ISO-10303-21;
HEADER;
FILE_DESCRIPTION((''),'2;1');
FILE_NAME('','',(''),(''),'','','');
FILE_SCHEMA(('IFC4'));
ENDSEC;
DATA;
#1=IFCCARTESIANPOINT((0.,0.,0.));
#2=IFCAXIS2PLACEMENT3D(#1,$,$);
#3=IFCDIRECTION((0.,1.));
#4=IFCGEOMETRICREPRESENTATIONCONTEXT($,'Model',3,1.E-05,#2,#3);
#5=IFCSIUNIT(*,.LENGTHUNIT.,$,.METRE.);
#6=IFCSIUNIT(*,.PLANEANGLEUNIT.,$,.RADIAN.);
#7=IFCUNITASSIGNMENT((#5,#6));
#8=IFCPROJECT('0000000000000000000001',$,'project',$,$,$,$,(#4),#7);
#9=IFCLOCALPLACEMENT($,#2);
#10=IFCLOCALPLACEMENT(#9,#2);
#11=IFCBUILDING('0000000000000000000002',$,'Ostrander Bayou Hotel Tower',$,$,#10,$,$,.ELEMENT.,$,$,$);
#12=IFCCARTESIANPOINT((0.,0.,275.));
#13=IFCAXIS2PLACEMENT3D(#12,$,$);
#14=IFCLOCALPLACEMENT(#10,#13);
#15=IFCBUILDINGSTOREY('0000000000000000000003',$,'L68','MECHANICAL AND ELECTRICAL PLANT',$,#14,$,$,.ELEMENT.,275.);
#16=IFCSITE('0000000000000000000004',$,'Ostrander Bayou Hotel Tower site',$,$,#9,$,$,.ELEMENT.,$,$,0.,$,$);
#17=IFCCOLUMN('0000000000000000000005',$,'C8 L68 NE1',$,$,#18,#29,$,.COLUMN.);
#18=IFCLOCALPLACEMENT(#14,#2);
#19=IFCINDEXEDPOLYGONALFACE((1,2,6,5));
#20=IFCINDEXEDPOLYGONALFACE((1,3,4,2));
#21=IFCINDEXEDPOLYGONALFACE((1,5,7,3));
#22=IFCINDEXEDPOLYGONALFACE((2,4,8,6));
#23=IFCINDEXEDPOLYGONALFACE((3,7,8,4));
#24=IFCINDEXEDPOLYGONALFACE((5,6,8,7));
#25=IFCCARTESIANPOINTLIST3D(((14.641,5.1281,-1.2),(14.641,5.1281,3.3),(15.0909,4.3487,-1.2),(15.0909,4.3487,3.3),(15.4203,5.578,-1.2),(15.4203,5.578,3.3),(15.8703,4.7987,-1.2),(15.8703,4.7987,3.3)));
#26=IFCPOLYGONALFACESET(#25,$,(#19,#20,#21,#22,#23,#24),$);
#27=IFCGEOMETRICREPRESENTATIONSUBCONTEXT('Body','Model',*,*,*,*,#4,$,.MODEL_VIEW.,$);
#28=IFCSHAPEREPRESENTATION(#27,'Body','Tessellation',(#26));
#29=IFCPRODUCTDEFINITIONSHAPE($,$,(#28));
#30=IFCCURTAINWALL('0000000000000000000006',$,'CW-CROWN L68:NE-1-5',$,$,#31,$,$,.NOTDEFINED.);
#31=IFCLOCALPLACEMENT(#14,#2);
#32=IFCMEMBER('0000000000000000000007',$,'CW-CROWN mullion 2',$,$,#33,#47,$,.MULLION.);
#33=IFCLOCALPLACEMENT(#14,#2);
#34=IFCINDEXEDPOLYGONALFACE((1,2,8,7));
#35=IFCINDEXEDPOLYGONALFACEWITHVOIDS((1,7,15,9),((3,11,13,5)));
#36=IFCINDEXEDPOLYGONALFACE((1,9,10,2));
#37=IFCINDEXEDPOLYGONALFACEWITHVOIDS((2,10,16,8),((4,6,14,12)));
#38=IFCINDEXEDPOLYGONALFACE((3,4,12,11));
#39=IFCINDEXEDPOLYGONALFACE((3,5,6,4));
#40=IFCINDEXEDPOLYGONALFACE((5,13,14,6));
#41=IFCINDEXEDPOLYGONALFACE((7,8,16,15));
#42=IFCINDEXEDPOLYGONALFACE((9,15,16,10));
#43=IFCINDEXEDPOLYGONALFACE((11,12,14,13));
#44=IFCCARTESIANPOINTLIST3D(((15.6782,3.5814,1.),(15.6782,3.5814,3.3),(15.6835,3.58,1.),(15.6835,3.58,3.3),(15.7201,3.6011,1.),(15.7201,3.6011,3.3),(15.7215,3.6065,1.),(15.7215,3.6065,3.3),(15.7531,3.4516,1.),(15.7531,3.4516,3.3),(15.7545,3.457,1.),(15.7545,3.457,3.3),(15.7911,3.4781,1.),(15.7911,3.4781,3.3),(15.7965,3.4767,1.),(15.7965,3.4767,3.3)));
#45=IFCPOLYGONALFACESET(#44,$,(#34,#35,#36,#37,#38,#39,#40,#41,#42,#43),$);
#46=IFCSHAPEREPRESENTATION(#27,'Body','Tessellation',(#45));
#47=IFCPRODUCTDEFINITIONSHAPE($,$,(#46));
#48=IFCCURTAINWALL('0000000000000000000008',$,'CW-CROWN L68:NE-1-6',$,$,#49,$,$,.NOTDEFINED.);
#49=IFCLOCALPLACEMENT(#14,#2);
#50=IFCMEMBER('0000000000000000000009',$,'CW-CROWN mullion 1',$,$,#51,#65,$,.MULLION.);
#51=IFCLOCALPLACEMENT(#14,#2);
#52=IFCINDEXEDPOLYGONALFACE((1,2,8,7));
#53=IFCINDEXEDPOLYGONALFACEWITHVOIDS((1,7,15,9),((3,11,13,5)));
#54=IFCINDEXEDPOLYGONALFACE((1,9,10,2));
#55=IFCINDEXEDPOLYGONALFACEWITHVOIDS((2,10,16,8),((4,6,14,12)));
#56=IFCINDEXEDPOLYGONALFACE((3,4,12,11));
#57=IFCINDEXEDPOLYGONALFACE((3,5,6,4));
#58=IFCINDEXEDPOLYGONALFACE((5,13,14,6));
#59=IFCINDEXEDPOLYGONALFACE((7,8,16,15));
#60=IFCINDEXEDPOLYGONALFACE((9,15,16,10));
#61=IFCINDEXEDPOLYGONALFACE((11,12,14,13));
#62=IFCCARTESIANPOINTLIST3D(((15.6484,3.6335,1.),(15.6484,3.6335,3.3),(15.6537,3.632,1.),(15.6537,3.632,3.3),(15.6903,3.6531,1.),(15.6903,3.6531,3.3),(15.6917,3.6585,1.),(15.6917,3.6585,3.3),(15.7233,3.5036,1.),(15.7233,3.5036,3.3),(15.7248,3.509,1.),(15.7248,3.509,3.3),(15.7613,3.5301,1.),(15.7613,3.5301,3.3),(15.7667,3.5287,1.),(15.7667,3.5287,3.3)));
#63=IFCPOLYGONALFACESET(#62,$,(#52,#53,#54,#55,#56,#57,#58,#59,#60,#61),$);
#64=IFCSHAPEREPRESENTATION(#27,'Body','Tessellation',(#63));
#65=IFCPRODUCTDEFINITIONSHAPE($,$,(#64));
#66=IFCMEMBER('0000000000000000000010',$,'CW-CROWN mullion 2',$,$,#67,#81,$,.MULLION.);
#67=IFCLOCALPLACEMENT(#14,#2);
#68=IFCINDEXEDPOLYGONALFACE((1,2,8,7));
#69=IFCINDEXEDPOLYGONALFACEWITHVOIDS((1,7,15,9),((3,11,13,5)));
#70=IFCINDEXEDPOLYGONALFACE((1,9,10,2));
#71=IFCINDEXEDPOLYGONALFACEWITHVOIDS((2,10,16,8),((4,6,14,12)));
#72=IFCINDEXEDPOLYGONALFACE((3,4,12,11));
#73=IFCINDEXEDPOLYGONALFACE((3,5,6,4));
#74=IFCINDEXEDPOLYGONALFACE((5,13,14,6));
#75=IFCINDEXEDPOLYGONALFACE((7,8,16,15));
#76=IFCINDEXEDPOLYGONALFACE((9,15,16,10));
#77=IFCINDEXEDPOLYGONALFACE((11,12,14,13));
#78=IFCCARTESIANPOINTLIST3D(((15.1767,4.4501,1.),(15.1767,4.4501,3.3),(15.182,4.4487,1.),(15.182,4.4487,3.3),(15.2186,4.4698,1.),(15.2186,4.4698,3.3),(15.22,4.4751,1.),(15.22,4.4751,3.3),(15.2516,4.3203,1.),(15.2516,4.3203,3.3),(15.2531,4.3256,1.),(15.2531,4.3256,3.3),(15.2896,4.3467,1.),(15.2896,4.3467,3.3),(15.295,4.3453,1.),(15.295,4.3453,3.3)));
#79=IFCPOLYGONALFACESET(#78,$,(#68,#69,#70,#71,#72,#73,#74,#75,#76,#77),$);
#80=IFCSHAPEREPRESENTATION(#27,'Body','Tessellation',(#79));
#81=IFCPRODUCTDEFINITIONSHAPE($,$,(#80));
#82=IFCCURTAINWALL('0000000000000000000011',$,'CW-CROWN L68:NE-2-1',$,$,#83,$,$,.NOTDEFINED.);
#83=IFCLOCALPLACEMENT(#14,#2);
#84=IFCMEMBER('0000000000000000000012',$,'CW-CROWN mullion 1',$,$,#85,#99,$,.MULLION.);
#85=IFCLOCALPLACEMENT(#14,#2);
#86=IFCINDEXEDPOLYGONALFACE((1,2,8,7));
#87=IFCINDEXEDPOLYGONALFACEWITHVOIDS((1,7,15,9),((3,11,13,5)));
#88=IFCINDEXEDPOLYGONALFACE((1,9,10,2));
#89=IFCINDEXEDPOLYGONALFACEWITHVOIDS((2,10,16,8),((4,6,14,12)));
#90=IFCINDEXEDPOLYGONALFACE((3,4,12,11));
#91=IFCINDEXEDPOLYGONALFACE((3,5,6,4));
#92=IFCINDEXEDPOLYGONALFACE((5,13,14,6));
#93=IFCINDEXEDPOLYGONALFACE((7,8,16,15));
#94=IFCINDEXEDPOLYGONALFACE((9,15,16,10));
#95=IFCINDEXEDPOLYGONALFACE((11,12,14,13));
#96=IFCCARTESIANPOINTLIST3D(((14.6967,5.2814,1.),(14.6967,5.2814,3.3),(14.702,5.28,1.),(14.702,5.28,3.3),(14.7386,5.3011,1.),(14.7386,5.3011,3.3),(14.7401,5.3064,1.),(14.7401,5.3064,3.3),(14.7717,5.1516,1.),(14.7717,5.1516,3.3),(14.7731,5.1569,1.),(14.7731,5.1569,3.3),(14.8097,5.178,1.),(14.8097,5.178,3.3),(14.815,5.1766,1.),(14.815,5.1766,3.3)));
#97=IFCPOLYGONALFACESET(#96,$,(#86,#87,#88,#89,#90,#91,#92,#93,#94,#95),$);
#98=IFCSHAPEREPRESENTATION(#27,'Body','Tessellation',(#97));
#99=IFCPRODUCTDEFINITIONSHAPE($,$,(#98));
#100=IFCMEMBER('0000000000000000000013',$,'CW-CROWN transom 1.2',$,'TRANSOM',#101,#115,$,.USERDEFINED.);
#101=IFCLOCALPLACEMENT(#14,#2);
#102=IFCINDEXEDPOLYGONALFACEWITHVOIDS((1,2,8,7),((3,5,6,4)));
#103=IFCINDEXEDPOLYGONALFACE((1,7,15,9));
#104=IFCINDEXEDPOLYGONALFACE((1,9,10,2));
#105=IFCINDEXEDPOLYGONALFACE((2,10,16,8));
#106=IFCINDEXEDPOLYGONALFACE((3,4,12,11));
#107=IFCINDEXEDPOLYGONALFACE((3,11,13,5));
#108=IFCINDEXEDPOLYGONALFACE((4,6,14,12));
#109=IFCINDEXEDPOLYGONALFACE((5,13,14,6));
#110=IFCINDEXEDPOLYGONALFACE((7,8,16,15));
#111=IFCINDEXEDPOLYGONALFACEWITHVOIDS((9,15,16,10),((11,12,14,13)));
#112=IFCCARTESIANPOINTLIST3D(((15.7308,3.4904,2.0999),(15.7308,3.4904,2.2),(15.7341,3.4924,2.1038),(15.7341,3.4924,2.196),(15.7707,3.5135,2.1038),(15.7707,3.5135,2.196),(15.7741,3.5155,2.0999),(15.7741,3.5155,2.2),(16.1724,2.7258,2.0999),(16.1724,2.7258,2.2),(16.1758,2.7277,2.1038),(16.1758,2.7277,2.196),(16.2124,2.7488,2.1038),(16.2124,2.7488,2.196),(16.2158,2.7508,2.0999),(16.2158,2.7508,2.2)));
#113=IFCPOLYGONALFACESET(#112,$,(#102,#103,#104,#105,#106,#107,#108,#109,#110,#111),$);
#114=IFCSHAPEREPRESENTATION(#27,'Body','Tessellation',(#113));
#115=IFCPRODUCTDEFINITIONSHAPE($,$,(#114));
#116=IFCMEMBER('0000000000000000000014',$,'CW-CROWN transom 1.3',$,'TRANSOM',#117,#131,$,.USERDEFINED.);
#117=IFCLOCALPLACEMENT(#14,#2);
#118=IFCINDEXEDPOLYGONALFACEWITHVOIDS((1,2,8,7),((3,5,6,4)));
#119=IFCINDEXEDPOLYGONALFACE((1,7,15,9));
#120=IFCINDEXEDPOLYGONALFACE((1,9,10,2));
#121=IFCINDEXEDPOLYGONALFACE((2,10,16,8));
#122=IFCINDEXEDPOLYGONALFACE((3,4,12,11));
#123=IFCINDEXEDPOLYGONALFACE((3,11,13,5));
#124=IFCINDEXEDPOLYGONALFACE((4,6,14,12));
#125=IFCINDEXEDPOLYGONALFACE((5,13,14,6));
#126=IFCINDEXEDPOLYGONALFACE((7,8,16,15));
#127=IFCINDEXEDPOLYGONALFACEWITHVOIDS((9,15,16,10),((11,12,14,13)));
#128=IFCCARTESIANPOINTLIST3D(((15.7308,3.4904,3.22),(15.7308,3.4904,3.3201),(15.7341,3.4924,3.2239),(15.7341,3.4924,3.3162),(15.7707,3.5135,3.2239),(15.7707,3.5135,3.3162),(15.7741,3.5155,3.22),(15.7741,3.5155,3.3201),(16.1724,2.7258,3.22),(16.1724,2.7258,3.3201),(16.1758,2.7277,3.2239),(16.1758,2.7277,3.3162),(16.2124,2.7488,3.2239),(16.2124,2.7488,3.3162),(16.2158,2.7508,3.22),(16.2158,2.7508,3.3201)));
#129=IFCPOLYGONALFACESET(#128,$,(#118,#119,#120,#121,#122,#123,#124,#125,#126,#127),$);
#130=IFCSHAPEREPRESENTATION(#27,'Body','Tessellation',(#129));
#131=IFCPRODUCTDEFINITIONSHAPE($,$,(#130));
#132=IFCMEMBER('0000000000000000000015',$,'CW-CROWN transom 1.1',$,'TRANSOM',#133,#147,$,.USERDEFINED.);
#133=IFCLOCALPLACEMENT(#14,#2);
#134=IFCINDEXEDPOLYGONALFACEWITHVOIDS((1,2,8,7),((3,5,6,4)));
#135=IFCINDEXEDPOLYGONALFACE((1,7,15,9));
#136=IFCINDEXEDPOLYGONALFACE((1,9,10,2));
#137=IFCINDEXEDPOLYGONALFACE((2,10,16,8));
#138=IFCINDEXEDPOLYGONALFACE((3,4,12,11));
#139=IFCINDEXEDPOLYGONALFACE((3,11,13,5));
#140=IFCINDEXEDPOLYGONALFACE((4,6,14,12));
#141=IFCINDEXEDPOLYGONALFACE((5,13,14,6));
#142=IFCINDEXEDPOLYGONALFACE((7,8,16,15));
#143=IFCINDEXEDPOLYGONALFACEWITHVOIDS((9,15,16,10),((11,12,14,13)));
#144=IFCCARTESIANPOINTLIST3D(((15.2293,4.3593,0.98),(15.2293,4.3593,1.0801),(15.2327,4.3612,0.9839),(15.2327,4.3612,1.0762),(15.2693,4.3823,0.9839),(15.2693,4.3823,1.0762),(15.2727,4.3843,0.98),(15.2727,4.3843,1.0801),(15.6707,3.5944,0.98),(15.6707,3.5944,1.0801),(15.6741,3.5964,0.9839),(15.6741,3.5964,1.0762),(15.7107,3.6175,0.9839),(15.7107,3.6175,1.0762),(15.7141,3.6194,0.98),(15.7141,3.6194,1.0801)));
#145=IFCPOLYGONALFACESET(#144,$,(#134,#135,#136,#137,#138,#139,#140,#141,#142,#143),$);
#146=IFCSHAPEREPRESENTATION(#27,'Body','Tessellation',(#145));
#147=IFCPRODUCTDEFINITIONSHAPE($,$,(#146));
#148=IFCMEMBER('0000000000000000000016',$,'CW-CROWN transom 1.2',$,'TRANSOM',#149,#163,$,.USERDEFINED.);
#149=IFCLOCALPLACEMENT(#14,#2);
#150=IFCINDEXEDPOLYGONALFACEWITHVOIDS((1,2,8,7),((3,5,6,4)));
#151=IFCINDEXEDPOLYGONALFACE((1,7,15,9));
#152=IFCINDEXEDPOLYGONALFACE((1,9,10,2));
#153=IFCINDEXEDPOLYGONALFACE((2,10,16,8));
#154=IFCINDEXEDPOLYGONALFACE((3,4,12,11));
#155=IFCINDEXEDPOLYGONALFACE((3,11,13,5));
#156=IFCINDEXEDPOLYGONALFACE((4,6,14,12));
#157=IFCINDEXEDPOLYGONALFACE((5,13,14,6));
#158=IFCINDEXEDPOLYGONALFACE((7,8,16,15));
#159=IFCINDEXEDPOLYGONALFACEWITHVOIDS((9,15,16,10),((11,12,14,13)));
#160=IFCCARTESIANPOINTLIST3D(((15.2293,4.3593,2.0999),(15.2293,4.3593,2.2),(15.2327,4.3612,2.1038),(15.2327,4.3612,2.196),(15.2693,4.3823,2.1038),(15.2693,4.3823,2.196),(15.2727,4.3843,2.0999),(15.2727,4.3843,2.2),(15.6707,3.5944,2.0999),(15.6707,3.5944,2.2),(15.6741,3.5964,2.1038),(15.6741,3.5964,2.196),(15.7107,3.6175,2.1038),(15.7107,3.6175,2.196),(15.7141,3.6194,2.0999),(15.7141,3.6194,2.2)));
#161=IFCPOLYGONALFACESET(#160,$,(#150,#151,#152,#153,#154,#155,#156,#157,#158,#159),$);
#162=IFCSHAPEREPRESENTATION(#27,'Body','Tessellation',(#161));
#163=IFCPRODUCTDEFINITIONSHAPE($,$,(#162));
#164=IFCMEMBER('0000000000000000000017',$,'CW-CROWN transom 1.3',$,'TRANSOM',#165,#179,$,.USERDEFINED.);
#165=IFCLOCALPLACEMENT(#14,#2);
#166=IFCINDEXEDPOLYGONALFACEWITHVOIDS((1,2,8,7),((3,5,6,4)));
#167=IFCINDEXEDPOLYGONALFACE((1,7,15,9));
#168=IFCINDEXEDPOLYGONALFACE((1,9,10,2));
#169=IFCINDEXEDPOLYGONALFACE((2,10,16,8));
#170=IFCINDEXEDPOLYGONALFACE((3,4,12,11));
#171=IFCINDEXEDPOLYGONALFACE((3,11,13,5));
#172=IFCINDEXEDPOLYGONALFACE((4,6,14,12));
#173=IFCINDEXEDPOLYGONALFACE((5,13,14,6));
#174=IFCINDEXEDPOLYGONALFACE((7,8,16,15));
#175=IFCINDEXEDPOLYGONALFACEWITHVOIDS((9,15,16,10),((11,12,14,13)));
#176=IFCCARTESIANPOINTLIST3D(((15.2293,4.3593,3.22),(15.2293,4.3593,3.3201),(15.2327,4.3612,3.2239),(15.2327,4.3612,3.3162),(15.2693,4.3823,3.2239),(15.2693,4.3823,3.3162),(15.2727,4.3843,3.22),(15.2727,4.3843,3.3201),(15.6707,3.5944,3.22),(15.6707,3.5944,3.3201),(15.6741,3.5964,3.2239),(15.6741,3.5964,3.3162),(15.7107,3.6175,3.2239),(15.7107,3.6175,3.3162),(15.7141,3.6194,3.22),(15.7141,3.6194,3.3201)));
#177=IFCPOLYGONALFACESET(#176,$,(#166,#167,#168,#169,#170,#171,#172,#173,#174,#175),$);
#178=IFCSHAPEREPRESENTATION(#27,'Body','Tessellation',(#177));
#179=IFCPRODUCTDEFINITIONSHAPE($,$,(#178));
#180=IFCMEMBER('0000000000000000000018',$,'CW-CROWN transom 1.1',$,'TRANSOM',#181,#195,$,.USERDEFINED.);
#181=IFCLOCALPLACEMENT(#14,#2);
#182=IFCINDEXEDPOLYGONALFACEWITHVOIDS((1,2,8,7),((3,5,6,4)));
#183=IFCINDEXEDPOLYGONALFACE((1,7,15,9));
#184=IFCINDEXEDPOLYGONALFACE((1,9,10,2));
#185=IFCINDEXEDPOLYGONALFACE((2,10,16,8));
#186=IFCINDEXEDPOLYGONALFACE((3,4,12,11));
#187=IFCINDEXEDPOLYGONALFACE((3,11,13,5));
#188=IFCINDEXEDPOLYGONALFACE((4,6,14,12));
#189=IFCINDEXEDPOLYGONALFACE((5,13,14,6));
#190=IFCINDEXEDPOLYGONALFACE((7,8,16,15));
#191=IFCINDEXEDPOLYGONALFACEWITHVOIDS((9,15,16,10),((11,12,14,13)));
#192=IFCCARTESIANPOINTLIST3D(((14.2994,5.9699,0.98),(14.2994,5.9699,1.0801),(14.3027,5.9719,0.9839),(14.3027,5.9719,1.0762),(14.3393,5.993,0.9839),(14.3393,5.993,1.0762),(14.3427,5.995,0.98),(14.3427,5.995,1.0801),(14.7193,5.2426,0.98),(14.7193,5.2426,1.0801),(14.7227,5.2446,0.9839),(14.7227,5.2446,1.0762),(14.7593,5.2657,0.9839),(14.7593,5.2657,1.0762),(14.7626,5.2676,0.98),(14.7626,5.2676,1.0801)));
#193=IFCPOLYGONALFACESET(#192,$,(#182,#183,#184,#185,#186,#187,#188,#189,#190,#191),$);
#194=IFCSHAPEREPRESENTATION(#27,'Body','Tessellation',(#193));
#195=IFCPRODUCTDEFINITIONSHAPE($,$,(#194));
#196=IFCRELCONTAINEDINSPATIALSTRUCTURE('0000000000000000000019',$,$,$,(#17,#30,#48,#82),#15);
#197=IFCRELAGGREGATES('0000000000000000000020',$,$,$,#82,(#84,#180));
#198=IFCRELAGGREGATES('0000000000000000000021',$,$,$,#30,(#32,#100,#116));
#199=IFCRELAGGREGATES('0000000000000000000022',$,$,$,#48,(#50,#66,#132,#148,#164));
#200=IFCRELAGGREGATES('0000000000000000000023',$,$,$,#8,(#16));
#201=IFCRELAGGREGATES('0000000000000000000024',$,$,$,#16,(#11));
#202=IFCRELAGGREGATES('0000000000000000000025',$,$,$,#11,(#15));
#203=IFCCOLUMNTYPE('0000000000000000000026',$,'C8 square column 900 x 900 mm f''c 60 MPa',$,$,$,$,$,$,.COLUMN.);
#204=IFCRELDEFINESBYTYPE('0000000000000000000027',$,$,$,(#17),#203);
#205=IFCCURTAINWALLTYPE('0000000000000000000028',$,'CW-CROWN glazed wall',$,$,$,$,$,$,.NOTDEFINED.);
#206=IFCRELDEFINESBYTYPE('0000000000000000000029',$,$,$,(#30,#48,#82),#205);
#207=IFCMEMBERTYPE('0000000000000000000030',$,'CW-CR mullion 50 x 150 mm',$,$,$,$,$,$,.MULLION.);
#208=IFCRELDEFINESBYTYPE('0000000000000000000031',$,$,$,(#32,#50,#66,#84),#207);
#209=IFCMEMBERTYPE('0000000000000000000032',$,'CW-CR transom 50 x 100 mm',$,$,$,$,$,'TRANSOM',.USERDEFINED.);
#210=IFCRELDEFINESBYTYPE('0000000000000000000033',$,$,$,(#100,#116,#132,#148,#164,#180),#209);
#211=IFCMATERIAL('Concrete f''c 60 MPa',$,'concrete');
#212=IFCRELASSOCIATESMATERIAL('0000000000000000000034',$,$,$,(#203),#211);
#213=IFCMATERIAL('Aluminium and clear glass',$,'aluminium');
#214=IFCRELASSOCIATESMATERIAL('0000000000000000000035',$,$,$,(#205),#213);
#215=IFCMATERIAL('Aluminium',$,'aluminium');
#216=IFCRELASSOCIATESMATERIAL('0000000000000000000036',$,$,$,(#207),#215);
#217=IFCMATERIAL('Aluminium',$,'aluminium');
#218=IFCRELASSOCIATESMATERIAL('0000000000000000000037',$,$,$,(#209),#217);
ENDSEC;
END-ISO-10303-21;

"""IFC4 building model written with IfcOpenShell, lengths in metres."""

from ifc_helpers import new_model, si_unit, direction, frame, origin, origin_2d, place, context, subcontext, project, spatial, rectangle, hollow_rectangle, extrude, material, material_profile, profile_set, type_object, element, aggregate, save


model = new_model("IFC4")

# Units and contexts
model_context = context("Model", 3, precision=1e-05, world=origin(), true_north=direction((0.0, 1.0)))
body_context = subcontext(model_context, "Body", "Model", "MODEL_VIEW")
ifc_project = project(units=[si_unit("LENGTHUNIT", "METRE"), si_unit("PLANEANGLEUNIT", "RADIAN")], contexts=[model_context])

# Site, building, storey
site_placement = place(None, origin())
site = spatial("IfcSite", under=ifc_project, at=site_placement, Name="Ostrander Bayou Hotel Tower site", CompositionType="ELEMENT", RefElevation=0.0)
building_placement = place(site_placement, origin())
building = spatial("IfcBuilding", under=site, at=building_placement, Name="Ostrander Bayou Hotel Tower", CompositionType="ELEMENT")
storey_placement = place(building_placement, frame((0.0, 0.0, 275.0)))
storey = spatial("IfcBuildingStorey", under=building, at=storey_placement, Name="L68", Description="MECHANICAL AND ELECTRICAL PLANT", CompositionType="ELEMENT", Elevation=275.0)

# Column
ifc_material_1 = material(Name="Concrete f'c 60 MPa", Category="concrete")
ifc_material_profile_1 = material_profile(ifc_material_1, rectangle(XDim=0.8999, YDim=0.8999, at=origin_2d()))
ifc_profile_set_1 = profile_set([ifc_material_profile_1], Name="Concrete f'c 60 MPa")
column_type = type_object("IfcColumnType", Name="C8 square column 900 x 900 mm f'c 60 MPa", PredefinedType="COLUMN", material=ifc_profile_set_1)
column_placement = place(storey_placement, frame((15.2556, 4.9634, -1.2), z_axis=(0.0, 0.0, 1.0), x_axis=(0.5, -0.866025, 0.0)))
element("IfcColumn", 1, at=column_placement, inside=storey, type_object=column_type, Name="C8 L68 NE1", PredefinedType="COLUMN", context=body_context, shape_type="SweptSolid", body=[
    extrude(rectangle(XDim=0.8999, YDim=0.8999, at=origin_2d()), origin(), (0.0, 0.0, 1.0), 4.5),
])

# Curtain wall, member
ifc_material_2 = material(Name="Aluminium and clear glass", Category="aluminium")
curtain_wall_type = type_object("IfcCurtainWallType", Name="CW-CROWN glazed wall", PredefinedType="NOTDEFINED", material=ifc_material_2)
curtain_wall_1_placement = place(storey_placement, origin())
curtain_wall_1 = element("IfcCurtainWall", 2, at=curtain_wall_1_placement, inside=storey, type_object=curtain_wall_type, Name="CW-CROWN L68:NE-1-5", PredefinedType="NOTDEFINED")
ifc_material_3 = material(Name="Aluminium", Category="aluminium")
ifc_material_profile_2 = material_profile(ifc_material_3, hollow_rectangle(XDim=0.05, YDim=0.1499, WallThickness=0.0039, at=origin_2d()))
ifc_profile_set_2 = profile_set([ifc_material_profile_2], Name="Aluminium")
member_type_1 = type_object("IfcMemberType", Name="CW-CR mullion 50 x 150 mm", PredefinedType="MULLION", material=ifc_profile_set_2)
member_1_placement = place(storey_placement, frame((15.7373, 3.5291, 1.0), z_axis=(0.0, 0.0, 1.0), x_axis=(-0.866001, -0.500042, 0.0)))
member_1 = element("IfcMember", 3, at=member_1_placement, type_object=member_type_1, Name="CW-CROWN mullion 2", PredefinedType="MULLION", context=body_context, shape_type="SweptSolid", body=[
    extrude(hollow_rectangle(XDim=0.05, YDim=0.1499, WallThickness=0.0039, at=origin_2d()), origin(), (0.0, 0.0, 1.0), 2.3),
])

# Curtain wall, members
curtain_wall_2_placement = place(storey_placement, origin())
curtain_wall_2 = element("IfcCurtainWall", 4, at=curtain_wall_2_placement, inside=storey, type_object=curtain_wall_type, Name="CW-CROWN L68:NE-1-6", PredefinedType="NOTDEFINED")
member_2_placement = place(storey_placement, frame((15.7075, 3.5811, 1.0), z_axis=(0.0, 0.0, 1.0), x_axis=(-0.866044, -0.499967, 0.0)))
member_2 = element("IfcMember", 5, at=member_2_placement, type_object=member_type_1, Name="CW-CROWN mullion 1", PredefinedType="MULLION", context=body_context, shape_type="SweptSolid", body=[
    extrude(hollow_rectangle(XDim=0.05, YDim=0.1499, WallThickness=0.0039, at=origin_2d()), origin(), (0.0, 0.0, 1.0), 2.3),
])
member_3_placement = place(storey_placement, frame((15.2358, 4.3977, 1.0), z_axis=(0.0, 0.0, 1.0), x_axis=(-0.866044, -0.499967, 0.0)))
member_3 = element("IfcMember", 6, at=member_3_placement, type_object=member_type_1, Name="CW-CROWN mullion 2", PredefinedType="MULLION", context=body_context, shape_type="SweptSolid", body=[
    extrude(hollow_rectangle(XDim=0.05, YDim=0.1499, WallThickness=0.0039, at=origin_2d()), origin(), (0.0, 0.0, 1.0), 2.3),
])

# Curtain wall, member
curtain_wall_3_placement = place(storey_placement, origin())
curtain_wall_3 = element("IfcCurtainWall", 7, at=curtain_wall_3_placement, inside=storey, type_object=curtain_wall_type, Name="CW-CROWN L68:NE-2-1", PredefinedType="NOTDEFINED")
member_4_placement = place(storey_placement, frame((14.7559, 5.229, 1.0), z_axis=(0.0, 0.0, 1.0), x_axis=(-0.866022, -0.500005, 0.0)))
member_4 = element("IfcMember", 8, at=member_4_placement, type_object=member_type_1, Name="CW-CROWN mullion 1", PredefinedType="MULLION", context=body_context, shape_type="SweptSolid", body=[
    extrude(hollow_rectangle(XDim=0.05, YDim=0.1499, WallThickness=0.0039, at=origin_2d()), origin(), (0.0, 0.0, 1.0), 2.3),
])

# Members
ifc_material_4 = material(Name="Aluminium", Category="aluminium")
ifc_material_profile_3 = material_profile(ifc_material_4, hollow_rectangle(XDim=0.05, YDim=0.1001, WallThickness=0.0039, at=origin_2d()))
ifc_profile_set_3 = profile_set([ifc_material_profile_3], Name="Aluminium")
member_type_2 = type_object("IfcMemberType", Name="CW-CR transom 50 x 100 mm", ElementType="TRANSOM", PredefinedType="USERDEFINED", material=ifc_profile_set_3)
member_5_placement = place(storey_placement, frame((16.1941, 2.7383, 2.1499), z_axis=(-0.500153, 0.865937, 0.0), x_axis=(-0.865937, -0.500153, 0.0)))
member_5 = element("IfcMember", 9, at=member_5_placement, type_object=member_type_2, Name="CW-CROWN transom 1.2", ObjectType="TRANSOM", PredefinedType="USERDEFINED", context=body_context, shape_type="SweptSolid", body=[
    extrude(hollow_rectangle(XDim=0.05, YDim=0.1001, WallThickness=0.0039, at=origin_2d()), origin(), (0.0, 0.0, 1.0), 0.8831),
])
member_6_placement = place(storey_placement, frame((16.1941, 2.7383, 3.27), z_axis=(-0.500153, 0.865937, 0.0), x_axis=(-0.865937, -0.500153, 0.0)))
member_6 = element("IfcMember", 10, at=member_6_placement, type_object=member_type_2, Name="CW-CROWN transom 1.3", ObjectType="TRANSOM", PredefinedType="USERDEFINED", context=body_context, shape_type="SweptSolid", body=[
    extrude(hollow_rectangle(XDim=0.05, YDim=0.1001, WallThickness=0.0039, at=origin_2d()), origin(), (0.0, 0.0, 1.0), 0.8831),
])
member_7_placement = place(storey_placement, frame((15.6924, 3.6069, 1.03), z_axis=(-0.499826, 0.866126, 0.0), x_axis=(-0.866126, -0.499826, 0.0)))
member_7 = element("IfcMember", 11, at=member_7_placement, type_object=member_type_2, Name="CW-CROWN transom 1.1", ObjectType="TRANSOM", PredefinedType="USERDEFINED", context=body_context, shape_type="SweptSolid", body=[
    extrude(hollow_rectangle(XDim=0.05, YDim=0.1001, WallThickness=0.0039, at=origin_2d()), origin(), (0.0, 0.0, 1.0), 0.8831),
])
member_8_placement = place(storey_placement, frame((15.6924, 3.6069, 2.1499), z_axis=(-0.499826, 0.866126, 0.0), x_axis=(-0.866126, -0.499826, 0.0)))
member_8 = element("IfcMember", 12, at=member_8_placement, type_object=member_type_2, Name="CW-CROWN transom 1.2", ObjectType="TRANSOM", PredefinedType="USERDEFINED", context=body_context, shape_type="SweptSolid", body=[
    extrude(hollow_rectangle(XDim=0.05, YDim=0.1001, WallThickness=0.0039, at=origin_2d()), origin(), (0.0, 0.0, 1.0), 0.8831),
])
member_9_placement = place(storey_placement, frame((15.6924, 3.6069, 3.27), z_axis=(-0.499826, 0.866126, 0.0), x_axis=(-0.866126, -0.499826, 0.0)))
member_9 = element("IfcMember", 13, at=member_9_placement, type_object=member_type_2, Name="CW-CROWN transom 1.3", ObjectType="TRANSOM", PredefinedType="USERDEFINED", context=body_context, shape_type="SweptSolid", body=[
    extrude(hollow_rectangle(XDim=0.05, YDim=0.1001, WallThickness=0.0039, at=origin_2d()), origin(), (0.0, 0.0, 1.0), 0.8831),
])
member_10_placement = place(storey_placement, frame((14.741, 5.2551, 1.03), z_axis=(-0.500016, 0.866016, 0.0), x_axis=(-0.866016, -0.500016, 0.0)))
member_10 = element("IfcMember", 14, at=member_10_placement, type_object=member_type_2, Name="CW-CROWN transom 1.1", ObjectType="TRANSOM", PredefinedType="USERDEFINED", context=body_context, shape_type="SweptSolid", body=[
    extrude(hollow_rectangle(XDim=0.05, YDim=0.1001, WallThickness=0.0039, at=origin_2d()), origin(), (0.0, 0.0, 1.0), 0.8398),
])
aggregate(curtain_wall_3, [member_4, member_10])

aggregate(curtain_wall_1, [member_1, member_5, member_6])
aggregate(curtain_wall_2, [member_2, member_3, member_7, member_8, member_9])

save(model, "model.ifc")
